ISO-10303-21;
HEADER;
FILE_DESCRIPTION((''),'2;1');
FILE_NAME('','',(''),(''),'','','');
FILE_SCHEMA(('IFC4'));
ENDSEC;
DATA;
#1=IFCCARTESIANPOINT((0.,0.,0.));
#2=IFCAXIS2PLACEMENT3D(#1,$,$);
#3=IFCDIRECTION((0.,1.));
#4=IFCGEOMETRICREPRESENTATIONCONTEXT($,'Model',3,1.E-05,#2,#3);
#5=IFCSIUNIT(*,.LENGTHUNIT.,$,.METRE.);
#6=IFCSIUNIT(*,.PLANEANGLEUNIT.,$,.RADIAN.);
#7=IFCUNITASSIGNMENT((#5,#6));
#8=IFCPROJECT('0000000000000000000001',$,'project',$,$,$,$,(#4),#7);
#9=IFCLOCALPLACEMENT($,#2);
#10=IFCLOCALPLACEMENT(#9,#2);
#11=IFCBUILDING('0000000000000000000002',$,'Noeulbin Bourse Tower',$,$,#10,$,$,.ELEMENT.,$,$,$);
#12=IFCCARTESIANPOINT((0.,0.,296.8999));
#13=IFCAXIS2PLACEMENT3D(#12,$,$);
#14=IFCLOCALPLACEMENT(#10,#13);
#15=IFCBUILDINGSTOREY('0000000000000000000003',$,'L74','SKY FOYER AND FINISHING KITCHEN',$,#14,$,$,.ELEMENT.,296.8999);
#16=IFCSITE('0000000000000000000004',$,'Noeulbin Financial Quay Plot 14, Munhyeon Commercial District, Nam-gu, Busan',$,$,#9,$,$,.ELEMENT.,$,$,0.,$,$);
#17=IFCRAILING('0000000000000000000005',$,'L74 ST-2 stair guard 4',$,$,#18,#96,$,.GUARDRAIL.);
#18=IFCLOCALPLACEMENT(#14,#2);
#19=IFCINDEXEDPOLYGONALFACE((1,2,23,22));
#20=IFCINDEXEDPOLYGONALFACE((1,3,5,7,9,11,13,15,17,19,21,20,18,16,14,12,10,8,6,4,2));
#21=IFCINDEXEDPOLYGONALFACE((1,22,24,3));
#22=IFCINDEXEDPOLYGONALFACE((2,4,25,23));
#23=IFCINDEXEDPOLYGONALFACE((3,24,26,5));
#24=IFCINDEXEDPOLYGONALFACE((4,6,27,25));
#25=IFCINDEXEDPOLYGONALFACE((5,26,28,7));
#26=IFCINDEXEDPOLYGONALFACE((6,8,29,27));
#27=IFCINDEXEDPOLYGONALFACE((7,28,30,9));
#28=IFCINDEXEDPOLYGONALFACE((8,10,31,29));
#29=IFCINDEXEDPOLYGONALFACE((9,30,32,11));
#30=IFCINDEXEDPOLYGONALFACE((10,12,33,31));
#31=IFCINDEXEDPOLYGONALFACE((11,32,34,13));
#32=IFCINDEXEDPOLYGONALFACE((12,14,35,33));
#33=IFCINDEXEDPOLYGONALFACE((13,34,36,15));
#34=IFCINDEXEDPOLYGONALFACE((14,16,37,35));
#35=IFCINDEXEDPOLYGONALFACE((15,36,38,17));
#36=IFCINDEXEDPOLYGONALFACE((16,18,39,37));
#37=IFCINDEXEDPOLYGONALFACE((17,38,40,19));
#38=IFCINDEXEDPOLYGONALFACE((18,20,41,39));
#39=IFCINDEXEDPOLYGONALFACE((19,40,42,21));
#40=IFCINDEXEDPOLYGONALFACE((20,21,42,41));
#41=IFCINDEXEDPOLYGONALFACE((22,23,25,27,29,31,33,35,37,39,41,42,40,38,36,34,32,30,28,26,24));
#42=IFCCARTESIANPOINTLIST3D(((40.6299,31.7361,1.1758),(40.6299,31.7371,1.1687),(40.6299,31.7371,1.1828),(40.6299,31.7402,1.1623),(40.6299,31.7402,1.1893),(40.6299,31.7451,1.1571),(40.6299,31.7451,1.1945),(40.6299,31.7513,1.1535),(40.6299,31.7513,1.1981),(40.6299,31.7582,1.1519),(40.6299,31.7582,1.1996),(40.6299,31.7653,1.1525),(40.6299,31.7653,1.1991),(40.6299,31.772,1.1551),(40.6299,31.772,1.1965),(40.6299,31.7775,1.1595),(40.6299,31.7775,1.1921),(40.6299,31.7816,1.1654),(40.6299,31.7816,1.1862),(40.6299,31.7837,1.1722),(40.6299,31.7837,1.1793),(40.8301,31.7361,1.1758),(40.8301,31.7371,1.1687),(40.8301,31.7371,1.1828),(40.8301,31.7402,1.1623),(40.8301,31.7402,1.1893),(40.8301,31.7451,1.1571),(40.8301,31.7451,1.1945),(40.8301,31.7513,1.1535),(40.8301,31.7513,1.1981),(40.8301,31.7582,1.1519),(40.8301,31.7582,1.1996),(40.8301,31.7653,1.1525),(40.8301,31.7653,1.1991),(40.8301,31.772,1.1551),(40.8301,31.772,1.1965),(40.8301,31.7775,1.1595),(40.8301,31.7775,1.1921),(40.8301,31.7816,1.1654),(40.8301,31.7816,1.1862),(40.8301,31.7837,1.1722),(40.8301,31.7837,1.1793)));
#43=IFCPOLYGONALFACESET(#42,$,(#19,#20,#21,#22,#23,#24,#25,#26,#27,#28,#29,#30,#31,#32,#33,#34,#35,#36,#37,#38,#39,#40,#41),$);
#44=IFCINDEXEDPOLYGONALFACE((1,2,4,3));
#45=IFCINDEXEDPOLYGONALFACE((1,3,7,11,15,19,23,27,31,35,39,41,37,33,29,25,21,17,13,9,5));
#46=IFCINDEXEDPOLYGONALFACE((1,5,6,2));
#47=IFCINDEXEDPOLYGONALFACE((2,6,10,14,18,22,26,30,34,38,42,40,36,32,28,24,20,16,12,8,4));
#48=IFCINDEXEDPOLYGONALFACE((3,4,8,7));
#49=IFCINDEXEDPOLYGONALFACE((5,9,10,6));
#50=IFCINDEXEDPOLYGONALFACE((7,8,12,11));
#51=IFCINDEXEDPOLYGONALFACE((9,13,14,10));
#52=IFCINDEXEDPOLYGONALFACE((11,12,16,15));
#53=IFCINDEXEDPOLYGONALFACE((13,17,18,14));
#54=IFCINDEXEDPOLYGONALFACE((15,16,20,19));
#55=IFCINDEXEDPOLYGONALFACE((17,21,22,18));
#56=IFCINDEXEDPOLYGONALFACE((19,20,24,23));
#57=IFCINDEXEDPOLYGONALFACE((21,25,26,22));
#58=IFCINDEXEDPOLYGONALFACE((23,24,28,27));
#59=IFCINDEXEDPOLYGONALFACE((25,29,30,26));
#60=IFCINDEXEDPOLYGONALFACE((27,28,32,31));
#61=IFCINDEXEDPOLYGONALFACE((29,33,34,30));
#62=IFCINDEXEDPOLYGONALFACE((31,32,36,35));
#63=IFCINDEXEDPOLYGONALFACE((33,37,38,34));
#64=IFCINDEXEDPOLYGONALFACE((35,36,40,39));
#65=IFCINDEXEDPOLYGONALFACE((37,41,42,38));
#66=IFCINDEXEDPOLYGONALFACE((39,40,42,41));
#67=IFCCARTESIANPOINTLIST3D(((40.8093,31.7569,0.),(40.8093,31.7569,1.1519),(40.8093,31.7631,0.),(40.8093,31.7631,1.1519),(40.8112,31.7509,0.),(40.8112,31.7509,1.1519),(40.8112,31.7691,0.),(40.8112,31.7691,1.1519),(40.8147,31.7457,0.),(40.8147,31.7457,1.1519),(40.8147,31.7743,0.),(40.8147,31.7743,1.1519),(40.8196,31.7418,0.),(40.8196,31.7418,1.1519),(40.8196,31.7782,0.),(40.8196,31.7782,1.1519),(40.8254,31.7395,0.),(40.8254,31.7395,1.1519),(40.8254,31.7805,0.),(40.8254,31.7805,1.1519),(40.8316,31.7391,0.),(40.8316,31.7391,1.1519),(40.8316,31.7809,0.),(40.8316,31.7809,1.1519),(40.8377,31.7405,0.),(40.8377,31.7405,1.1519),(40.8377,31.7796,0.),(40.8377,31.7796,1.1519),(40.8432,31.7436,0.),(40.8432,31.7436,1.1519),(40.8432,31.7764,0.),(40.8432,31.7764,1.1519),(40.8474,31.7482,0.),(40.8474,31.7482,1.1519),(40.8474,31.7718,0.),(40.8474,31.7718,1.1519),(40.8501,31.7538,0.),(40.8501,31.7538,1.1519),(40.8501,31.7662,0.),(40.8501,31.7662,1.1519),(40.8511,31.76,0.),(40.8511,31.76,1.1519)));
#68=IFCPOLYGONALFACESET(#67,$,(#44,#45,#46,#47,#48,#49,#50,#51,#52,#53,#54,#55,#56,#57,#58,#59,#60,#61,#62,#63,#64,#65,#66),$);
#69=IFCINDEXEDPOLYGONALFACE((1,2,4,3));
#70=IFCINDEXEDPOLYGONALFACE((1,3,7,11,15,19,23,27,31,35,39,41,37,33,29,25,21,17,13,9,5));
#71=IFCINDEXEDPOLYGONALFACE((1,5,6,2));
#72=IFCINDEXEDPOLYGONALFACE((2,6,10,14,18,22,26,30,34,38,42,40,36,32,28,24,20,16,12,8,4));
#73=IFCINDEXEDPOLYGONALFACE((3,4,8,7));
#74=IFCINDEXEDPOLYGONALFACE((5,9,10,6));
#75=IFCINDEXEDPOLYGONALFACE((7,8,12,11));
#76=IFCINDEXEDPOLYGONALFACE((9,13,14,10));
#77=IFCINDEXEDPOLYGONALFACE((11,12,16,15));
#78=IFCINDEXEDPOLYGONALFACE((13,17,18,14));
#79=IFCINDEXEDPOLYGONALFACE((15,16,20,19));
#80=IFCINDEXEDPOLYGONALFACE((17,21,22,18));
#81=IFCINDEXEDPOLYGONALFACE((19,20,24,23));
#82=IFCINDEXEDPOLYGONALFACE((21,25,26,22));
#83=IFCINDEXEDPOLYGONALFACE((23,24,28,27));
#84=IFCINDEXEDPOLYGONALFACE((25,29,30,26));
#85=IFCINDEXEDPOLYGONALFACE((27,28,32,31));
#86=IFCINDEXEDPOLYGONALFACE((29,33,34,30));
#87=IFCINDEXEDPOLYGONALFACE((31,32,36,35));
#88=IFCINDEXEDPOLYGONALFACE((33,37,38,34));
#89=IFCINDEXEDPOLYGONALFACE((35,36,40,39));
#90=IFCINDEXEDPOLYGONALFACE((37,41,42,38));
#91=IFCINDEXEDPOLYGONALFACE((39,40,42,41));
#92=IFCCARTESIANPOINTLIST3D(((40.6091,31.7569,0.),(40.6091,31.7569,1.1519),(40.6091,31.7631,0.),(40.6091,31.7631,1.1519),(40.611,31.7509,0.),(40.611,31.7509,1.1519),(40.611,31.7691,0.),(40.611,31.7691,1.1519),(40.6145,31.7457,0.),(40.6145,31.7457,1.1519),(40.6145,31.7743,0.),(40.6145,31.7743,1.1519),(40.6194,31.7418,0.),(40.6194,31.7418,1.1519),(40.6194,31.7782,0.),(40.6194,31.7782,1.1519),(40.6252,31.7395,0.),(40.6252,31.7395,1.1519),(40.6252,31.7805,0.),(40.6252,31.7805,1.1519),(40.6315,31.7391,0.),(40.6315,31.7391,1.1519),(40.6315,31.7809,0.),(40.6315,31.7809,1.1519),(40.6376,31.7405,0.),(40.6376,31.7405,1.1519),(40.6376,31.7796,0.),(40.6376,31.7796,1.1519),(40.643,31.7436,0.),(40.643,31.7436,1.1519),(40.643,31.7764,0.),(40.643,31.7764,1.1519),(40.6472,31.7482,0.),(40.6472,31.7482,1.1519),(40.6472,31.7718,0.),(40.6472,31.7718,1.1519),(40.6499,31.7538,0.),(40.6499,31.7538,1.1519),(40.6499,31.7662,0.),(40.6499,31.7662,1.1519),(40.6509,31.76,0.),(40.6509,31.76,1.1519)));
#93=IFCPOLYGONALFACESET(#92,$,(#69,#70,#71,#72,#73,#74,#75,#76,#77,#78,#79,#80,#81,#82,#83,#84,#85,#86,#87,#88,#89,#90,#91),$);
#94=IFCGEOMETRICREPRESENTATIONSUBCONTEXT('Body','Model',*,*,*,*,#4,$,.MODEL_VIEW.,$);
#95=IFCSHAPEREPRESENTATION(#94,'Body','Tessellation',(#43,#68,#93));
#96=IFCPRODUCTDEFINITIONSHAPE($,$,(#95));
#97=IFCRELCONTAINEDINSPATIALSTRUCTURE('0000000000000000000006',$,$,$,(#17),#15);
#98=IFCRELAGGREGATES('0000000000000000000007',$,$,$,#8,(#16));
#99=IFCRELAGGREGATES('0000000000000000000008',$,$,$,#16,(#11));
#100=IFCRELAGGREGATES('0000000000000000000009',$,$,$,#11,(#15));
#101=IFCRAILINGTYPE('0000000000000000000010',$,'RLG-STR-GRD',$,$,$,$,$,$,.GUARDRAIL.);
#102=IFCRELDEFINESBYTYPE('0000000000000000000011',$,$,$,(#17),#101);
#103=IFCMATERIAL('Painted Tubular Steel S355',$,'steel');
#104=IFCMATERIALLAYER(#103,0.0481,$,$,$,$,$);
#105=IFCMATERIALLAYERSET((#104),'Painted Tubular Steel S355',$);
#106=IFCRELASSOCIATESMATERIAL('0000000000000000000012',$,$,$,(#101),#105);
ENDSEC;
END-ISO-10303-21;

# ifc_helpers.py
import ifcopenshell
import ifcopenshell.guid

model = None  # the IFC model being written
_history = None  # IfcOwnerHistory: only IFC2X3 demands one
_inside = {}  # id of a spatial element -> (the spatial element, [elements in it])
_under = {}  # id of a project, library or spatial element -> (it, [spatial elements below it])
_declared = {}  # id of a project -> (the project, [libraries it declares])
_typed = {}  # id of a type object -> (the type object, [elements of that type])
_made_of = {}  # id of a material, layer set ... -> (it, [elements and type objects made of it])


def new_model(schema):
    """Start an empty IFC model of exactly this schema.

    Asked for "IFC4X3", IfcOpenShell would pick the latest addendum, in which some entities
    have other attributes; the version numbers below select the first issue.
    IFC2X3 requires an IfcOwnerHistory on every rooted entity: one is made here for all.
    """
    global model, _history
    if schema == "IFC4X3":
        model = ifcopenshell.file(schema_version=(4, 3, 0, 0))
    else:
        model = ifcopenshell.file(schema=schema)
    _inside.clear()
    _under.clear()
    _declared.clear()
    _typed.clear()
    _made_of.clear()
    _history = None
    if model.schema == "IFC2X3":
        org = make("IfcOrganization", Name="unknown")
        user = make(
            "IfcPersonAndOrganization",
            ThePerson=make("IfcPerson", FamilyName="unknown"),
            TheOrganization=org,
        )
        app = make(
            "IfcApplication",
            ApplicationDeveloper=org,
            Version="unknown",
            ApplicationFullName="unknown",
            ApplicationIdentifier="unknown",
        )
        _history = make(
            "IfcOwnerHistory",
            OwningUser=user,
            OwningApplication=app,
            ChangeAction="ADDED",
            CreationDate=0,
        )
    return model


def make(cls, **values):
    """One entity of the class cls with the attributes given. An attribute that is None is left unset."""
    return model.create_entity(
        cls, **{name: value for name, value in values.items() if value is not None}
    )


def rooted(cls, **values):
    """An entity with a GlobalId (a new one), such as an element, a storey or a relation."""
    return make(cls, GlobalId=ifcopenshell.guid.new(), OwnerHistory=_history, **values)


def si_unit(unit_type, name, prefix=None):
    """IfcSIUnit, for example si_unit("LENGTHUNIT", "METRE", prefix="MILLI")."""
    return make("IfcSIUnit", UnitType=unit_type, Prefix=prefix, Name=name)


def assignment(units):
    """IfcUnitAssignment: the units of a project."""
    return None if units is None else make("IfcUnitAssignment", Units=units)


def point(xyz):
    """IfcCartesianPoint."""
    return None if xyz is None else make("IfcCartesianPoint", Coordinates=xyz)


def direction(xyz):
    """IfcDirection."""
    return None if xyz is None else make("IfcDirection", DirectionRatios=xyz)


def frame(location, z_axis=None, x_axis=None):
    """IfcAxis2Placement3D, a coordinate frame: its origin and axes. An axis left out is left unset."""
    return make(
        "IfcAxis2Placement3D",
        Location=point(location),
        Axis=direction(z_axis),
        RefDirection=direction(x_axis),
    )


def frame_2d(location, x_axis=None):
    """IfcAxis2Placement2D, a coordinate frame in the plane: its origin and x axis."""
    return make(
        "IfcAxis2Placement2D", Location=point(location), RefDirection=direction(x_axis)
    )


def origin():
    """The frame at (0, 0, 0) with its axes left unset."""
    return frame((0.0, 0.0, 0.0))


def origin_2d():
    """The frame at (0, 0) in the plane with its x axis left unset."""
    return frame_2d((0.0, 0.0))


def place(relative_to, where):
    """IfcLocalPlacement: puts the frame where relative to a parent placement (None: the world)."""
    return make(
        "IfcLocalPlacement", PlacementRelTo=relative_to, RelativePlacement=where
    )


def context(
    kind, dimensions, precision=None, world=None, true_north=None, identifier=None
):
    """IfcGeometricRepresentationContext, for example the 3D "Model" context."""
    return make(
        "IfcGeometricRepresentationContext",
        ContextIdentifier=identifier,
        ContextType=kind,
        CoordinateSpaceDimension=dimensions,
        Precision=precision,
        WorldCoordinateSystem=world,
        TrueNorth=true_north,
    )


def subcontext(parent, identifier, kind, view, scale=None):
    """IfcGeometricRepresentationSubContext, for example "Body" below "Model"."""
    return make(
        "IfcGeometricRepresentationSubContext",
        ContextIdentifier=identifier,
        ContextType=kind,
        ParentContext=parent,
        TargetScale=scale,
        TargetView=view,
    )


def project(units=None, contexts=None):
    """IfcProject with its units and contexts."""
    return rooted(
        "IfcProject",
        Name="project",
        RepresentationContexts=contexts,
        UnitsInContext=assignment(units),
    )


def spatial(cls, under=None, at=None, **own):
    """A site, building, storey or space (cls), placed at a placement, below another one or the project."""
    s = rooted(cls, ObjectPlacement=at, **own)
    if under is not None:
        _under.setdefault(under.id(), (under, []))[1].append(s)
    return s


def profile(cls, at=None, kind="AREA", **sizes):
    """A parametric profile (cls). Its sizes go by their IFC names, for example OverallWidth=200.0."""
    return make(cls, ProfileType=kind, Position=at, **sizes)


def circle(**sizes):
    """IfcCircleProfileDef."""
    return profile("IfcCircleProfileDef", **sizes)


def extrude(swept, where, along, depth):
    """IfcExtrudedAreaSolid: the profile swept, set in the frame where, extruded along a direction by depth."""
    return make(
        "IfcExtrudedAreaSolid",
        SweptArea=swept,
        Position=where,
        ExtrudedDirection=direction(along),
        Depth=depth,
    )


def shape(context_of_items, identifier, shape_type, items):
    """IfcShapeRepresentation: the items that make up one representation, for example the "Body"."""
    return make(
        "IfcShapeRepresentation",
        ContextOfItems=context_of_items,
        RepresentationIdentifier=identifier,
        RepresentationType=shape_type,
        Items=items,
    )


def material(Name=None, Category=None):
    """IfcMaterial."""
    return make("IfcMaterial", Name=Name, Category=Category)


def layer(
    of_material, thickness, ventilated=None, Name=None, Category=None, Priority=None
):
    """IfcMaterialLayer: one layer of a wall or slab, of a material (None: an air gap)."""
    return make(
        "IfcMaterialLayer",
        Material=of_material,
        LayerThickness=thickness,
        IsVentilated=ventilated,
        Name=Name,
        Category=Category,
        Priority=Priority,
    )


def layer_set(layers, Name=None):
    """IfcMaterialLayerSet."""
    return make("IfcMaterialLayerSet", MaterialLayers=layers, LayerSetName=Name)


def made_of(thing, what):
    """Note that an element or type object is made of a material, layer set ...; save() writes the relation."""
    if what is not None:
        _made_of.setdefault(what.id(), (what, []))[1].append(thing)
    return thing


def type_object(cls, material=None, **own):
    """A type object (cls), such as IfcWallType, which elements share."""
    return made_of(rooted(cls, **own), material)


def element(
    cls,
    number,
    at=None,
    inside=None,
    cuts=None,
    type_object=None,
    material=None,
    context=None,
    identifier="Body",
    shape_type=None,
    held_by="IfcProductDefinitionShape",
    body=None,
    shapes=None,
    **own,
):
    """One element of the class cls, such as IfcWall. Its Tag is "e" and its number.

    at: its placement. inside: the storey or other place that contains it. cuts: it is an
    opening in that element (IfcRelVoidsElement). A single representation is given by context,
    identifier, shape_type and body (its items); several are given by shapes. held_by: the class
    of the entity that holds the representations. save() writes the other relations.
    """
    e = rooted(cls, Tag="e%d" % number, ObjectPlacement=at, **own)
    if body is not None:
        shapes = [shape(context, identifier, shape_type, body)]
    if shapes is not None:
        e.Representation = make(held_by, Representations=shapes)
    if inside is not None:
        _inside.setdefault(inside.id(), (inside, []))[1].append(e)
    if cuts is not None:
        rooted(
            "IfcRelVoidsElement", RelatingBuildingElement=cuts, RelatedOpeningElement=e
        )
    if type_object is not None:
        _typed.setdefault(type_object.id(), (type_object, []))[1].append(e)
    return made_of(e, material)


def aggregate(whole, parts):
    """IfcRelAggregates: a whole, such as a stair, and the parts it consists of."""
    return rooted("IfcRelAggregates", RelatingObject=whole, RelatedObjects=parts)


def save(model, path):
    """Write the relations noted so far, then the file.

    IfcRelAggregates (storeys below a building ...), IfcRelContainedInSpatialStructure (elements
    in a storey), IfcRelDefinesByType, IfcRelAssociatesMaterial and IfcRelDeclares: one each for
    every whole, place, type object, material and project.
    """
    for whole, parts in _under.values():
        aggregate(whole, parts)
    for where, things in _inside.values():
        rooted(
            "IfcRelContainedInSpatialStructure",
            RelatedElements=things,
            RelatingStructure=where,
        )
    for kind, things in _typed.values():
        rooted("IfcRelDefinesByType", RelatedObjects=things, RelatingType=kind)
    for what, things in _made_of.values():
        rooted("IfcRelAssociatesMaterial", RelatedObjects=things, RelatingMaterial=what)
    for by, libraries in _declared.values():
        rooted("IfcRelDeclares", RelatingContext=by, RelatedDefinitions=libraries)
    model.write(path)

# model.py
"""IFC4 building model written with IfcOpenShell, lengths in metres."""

from ifc_helpers import new_model, si_unit, direction, frame, origin, origin_2d, place, context, subcontext, project, spatial, circle, extrude, material, layer, layer_set, type_object, element, save


model = new_model("IFC4")

# Units and contexts
model_context = context("Model", 3, precision=1e-05, world=origin(), true_north=direction((0.0, 1.0)))
body_context = subcontext(model_context, "Body", "Model", "MODEL_VIEW")
ifc_project = project(units=[si_unit("LENGTHUNIT", "METRE"), si_unit("PLANEANGLEUNIT", "RADIAN")], contexts=[model_context])

# Site, building, storey
site_placement = place(None, origin())
site = spatial("IfcSite", under=ifc_project, at=site_placement, Name="Noeulbin Financial Quay Plot 14, Munhyeon Commercial District, Nam-gu, Busan", CompositionType="ELEMENT", RefElevation=0.0)
building_placement = place(site_placement, origin())
building = spatial("IfcBuilding", under=site, at=building_placement, Name="Noeulbin Bourse Tower", CompositionType="ELEMENT")
storey_placement = place(building_placement, frame((0.0, 0.0, 296.8999)))
storey = spatial("IfcBuildingStorey", under=building, at=storey_placement, Name="L74", Description="SKY FOYER AND FINISHING KITCHEN", CompositionType="ELEMENT", Elevation=296.8999)

# Railing
ifc_material_1 = material(Name="Painted Tubular Steel S355", Category="steel")
ifc_layer_1 = layer(ifc_material_1, 0.0481)
ifc_layer_set_1 = layer_set([ifc_layer_1], Name="Painted Tubular Steel S355")
railing_type = type_object("IfcRailingType", Name="RLG-STR-GRD", PredefinedType="GUARDRAIL", material=ifc_layer_set_1)
railing_placement = place(storey_placement, frame((40.8301, 31.76, 0.0)))
element("IfcRailing", 1, at=railing_placement, inside=storey, type_object=railing_type, Name="L74 ST-2 stair guard 4", PredefinedType="GUARDRAIL", context=body_context, shape_type="SweptSolid", body=[
    extrude(circle(Radius=0.0239, at=origin_2d()), frame((0.0, 0.0, 1.1758), z_axis=(-1.0, 0.0, 0.0), x_axis=(0.0, -1.0, 0.0)), (0.0, 0.0, 1.0), 0.2002),
    extrude(circle(Radius=0.021, at=origin_2d()), origin(), (0.0, 0.0, 1.0), 1.1519),
    extrude(circle(Radius=0.021, at=origin_2d()), frame((-0.2002, 0.0, 0.0)), (0.0, 0.0, 1.0), 1.1519),
])

save(model, "model.ifc")
